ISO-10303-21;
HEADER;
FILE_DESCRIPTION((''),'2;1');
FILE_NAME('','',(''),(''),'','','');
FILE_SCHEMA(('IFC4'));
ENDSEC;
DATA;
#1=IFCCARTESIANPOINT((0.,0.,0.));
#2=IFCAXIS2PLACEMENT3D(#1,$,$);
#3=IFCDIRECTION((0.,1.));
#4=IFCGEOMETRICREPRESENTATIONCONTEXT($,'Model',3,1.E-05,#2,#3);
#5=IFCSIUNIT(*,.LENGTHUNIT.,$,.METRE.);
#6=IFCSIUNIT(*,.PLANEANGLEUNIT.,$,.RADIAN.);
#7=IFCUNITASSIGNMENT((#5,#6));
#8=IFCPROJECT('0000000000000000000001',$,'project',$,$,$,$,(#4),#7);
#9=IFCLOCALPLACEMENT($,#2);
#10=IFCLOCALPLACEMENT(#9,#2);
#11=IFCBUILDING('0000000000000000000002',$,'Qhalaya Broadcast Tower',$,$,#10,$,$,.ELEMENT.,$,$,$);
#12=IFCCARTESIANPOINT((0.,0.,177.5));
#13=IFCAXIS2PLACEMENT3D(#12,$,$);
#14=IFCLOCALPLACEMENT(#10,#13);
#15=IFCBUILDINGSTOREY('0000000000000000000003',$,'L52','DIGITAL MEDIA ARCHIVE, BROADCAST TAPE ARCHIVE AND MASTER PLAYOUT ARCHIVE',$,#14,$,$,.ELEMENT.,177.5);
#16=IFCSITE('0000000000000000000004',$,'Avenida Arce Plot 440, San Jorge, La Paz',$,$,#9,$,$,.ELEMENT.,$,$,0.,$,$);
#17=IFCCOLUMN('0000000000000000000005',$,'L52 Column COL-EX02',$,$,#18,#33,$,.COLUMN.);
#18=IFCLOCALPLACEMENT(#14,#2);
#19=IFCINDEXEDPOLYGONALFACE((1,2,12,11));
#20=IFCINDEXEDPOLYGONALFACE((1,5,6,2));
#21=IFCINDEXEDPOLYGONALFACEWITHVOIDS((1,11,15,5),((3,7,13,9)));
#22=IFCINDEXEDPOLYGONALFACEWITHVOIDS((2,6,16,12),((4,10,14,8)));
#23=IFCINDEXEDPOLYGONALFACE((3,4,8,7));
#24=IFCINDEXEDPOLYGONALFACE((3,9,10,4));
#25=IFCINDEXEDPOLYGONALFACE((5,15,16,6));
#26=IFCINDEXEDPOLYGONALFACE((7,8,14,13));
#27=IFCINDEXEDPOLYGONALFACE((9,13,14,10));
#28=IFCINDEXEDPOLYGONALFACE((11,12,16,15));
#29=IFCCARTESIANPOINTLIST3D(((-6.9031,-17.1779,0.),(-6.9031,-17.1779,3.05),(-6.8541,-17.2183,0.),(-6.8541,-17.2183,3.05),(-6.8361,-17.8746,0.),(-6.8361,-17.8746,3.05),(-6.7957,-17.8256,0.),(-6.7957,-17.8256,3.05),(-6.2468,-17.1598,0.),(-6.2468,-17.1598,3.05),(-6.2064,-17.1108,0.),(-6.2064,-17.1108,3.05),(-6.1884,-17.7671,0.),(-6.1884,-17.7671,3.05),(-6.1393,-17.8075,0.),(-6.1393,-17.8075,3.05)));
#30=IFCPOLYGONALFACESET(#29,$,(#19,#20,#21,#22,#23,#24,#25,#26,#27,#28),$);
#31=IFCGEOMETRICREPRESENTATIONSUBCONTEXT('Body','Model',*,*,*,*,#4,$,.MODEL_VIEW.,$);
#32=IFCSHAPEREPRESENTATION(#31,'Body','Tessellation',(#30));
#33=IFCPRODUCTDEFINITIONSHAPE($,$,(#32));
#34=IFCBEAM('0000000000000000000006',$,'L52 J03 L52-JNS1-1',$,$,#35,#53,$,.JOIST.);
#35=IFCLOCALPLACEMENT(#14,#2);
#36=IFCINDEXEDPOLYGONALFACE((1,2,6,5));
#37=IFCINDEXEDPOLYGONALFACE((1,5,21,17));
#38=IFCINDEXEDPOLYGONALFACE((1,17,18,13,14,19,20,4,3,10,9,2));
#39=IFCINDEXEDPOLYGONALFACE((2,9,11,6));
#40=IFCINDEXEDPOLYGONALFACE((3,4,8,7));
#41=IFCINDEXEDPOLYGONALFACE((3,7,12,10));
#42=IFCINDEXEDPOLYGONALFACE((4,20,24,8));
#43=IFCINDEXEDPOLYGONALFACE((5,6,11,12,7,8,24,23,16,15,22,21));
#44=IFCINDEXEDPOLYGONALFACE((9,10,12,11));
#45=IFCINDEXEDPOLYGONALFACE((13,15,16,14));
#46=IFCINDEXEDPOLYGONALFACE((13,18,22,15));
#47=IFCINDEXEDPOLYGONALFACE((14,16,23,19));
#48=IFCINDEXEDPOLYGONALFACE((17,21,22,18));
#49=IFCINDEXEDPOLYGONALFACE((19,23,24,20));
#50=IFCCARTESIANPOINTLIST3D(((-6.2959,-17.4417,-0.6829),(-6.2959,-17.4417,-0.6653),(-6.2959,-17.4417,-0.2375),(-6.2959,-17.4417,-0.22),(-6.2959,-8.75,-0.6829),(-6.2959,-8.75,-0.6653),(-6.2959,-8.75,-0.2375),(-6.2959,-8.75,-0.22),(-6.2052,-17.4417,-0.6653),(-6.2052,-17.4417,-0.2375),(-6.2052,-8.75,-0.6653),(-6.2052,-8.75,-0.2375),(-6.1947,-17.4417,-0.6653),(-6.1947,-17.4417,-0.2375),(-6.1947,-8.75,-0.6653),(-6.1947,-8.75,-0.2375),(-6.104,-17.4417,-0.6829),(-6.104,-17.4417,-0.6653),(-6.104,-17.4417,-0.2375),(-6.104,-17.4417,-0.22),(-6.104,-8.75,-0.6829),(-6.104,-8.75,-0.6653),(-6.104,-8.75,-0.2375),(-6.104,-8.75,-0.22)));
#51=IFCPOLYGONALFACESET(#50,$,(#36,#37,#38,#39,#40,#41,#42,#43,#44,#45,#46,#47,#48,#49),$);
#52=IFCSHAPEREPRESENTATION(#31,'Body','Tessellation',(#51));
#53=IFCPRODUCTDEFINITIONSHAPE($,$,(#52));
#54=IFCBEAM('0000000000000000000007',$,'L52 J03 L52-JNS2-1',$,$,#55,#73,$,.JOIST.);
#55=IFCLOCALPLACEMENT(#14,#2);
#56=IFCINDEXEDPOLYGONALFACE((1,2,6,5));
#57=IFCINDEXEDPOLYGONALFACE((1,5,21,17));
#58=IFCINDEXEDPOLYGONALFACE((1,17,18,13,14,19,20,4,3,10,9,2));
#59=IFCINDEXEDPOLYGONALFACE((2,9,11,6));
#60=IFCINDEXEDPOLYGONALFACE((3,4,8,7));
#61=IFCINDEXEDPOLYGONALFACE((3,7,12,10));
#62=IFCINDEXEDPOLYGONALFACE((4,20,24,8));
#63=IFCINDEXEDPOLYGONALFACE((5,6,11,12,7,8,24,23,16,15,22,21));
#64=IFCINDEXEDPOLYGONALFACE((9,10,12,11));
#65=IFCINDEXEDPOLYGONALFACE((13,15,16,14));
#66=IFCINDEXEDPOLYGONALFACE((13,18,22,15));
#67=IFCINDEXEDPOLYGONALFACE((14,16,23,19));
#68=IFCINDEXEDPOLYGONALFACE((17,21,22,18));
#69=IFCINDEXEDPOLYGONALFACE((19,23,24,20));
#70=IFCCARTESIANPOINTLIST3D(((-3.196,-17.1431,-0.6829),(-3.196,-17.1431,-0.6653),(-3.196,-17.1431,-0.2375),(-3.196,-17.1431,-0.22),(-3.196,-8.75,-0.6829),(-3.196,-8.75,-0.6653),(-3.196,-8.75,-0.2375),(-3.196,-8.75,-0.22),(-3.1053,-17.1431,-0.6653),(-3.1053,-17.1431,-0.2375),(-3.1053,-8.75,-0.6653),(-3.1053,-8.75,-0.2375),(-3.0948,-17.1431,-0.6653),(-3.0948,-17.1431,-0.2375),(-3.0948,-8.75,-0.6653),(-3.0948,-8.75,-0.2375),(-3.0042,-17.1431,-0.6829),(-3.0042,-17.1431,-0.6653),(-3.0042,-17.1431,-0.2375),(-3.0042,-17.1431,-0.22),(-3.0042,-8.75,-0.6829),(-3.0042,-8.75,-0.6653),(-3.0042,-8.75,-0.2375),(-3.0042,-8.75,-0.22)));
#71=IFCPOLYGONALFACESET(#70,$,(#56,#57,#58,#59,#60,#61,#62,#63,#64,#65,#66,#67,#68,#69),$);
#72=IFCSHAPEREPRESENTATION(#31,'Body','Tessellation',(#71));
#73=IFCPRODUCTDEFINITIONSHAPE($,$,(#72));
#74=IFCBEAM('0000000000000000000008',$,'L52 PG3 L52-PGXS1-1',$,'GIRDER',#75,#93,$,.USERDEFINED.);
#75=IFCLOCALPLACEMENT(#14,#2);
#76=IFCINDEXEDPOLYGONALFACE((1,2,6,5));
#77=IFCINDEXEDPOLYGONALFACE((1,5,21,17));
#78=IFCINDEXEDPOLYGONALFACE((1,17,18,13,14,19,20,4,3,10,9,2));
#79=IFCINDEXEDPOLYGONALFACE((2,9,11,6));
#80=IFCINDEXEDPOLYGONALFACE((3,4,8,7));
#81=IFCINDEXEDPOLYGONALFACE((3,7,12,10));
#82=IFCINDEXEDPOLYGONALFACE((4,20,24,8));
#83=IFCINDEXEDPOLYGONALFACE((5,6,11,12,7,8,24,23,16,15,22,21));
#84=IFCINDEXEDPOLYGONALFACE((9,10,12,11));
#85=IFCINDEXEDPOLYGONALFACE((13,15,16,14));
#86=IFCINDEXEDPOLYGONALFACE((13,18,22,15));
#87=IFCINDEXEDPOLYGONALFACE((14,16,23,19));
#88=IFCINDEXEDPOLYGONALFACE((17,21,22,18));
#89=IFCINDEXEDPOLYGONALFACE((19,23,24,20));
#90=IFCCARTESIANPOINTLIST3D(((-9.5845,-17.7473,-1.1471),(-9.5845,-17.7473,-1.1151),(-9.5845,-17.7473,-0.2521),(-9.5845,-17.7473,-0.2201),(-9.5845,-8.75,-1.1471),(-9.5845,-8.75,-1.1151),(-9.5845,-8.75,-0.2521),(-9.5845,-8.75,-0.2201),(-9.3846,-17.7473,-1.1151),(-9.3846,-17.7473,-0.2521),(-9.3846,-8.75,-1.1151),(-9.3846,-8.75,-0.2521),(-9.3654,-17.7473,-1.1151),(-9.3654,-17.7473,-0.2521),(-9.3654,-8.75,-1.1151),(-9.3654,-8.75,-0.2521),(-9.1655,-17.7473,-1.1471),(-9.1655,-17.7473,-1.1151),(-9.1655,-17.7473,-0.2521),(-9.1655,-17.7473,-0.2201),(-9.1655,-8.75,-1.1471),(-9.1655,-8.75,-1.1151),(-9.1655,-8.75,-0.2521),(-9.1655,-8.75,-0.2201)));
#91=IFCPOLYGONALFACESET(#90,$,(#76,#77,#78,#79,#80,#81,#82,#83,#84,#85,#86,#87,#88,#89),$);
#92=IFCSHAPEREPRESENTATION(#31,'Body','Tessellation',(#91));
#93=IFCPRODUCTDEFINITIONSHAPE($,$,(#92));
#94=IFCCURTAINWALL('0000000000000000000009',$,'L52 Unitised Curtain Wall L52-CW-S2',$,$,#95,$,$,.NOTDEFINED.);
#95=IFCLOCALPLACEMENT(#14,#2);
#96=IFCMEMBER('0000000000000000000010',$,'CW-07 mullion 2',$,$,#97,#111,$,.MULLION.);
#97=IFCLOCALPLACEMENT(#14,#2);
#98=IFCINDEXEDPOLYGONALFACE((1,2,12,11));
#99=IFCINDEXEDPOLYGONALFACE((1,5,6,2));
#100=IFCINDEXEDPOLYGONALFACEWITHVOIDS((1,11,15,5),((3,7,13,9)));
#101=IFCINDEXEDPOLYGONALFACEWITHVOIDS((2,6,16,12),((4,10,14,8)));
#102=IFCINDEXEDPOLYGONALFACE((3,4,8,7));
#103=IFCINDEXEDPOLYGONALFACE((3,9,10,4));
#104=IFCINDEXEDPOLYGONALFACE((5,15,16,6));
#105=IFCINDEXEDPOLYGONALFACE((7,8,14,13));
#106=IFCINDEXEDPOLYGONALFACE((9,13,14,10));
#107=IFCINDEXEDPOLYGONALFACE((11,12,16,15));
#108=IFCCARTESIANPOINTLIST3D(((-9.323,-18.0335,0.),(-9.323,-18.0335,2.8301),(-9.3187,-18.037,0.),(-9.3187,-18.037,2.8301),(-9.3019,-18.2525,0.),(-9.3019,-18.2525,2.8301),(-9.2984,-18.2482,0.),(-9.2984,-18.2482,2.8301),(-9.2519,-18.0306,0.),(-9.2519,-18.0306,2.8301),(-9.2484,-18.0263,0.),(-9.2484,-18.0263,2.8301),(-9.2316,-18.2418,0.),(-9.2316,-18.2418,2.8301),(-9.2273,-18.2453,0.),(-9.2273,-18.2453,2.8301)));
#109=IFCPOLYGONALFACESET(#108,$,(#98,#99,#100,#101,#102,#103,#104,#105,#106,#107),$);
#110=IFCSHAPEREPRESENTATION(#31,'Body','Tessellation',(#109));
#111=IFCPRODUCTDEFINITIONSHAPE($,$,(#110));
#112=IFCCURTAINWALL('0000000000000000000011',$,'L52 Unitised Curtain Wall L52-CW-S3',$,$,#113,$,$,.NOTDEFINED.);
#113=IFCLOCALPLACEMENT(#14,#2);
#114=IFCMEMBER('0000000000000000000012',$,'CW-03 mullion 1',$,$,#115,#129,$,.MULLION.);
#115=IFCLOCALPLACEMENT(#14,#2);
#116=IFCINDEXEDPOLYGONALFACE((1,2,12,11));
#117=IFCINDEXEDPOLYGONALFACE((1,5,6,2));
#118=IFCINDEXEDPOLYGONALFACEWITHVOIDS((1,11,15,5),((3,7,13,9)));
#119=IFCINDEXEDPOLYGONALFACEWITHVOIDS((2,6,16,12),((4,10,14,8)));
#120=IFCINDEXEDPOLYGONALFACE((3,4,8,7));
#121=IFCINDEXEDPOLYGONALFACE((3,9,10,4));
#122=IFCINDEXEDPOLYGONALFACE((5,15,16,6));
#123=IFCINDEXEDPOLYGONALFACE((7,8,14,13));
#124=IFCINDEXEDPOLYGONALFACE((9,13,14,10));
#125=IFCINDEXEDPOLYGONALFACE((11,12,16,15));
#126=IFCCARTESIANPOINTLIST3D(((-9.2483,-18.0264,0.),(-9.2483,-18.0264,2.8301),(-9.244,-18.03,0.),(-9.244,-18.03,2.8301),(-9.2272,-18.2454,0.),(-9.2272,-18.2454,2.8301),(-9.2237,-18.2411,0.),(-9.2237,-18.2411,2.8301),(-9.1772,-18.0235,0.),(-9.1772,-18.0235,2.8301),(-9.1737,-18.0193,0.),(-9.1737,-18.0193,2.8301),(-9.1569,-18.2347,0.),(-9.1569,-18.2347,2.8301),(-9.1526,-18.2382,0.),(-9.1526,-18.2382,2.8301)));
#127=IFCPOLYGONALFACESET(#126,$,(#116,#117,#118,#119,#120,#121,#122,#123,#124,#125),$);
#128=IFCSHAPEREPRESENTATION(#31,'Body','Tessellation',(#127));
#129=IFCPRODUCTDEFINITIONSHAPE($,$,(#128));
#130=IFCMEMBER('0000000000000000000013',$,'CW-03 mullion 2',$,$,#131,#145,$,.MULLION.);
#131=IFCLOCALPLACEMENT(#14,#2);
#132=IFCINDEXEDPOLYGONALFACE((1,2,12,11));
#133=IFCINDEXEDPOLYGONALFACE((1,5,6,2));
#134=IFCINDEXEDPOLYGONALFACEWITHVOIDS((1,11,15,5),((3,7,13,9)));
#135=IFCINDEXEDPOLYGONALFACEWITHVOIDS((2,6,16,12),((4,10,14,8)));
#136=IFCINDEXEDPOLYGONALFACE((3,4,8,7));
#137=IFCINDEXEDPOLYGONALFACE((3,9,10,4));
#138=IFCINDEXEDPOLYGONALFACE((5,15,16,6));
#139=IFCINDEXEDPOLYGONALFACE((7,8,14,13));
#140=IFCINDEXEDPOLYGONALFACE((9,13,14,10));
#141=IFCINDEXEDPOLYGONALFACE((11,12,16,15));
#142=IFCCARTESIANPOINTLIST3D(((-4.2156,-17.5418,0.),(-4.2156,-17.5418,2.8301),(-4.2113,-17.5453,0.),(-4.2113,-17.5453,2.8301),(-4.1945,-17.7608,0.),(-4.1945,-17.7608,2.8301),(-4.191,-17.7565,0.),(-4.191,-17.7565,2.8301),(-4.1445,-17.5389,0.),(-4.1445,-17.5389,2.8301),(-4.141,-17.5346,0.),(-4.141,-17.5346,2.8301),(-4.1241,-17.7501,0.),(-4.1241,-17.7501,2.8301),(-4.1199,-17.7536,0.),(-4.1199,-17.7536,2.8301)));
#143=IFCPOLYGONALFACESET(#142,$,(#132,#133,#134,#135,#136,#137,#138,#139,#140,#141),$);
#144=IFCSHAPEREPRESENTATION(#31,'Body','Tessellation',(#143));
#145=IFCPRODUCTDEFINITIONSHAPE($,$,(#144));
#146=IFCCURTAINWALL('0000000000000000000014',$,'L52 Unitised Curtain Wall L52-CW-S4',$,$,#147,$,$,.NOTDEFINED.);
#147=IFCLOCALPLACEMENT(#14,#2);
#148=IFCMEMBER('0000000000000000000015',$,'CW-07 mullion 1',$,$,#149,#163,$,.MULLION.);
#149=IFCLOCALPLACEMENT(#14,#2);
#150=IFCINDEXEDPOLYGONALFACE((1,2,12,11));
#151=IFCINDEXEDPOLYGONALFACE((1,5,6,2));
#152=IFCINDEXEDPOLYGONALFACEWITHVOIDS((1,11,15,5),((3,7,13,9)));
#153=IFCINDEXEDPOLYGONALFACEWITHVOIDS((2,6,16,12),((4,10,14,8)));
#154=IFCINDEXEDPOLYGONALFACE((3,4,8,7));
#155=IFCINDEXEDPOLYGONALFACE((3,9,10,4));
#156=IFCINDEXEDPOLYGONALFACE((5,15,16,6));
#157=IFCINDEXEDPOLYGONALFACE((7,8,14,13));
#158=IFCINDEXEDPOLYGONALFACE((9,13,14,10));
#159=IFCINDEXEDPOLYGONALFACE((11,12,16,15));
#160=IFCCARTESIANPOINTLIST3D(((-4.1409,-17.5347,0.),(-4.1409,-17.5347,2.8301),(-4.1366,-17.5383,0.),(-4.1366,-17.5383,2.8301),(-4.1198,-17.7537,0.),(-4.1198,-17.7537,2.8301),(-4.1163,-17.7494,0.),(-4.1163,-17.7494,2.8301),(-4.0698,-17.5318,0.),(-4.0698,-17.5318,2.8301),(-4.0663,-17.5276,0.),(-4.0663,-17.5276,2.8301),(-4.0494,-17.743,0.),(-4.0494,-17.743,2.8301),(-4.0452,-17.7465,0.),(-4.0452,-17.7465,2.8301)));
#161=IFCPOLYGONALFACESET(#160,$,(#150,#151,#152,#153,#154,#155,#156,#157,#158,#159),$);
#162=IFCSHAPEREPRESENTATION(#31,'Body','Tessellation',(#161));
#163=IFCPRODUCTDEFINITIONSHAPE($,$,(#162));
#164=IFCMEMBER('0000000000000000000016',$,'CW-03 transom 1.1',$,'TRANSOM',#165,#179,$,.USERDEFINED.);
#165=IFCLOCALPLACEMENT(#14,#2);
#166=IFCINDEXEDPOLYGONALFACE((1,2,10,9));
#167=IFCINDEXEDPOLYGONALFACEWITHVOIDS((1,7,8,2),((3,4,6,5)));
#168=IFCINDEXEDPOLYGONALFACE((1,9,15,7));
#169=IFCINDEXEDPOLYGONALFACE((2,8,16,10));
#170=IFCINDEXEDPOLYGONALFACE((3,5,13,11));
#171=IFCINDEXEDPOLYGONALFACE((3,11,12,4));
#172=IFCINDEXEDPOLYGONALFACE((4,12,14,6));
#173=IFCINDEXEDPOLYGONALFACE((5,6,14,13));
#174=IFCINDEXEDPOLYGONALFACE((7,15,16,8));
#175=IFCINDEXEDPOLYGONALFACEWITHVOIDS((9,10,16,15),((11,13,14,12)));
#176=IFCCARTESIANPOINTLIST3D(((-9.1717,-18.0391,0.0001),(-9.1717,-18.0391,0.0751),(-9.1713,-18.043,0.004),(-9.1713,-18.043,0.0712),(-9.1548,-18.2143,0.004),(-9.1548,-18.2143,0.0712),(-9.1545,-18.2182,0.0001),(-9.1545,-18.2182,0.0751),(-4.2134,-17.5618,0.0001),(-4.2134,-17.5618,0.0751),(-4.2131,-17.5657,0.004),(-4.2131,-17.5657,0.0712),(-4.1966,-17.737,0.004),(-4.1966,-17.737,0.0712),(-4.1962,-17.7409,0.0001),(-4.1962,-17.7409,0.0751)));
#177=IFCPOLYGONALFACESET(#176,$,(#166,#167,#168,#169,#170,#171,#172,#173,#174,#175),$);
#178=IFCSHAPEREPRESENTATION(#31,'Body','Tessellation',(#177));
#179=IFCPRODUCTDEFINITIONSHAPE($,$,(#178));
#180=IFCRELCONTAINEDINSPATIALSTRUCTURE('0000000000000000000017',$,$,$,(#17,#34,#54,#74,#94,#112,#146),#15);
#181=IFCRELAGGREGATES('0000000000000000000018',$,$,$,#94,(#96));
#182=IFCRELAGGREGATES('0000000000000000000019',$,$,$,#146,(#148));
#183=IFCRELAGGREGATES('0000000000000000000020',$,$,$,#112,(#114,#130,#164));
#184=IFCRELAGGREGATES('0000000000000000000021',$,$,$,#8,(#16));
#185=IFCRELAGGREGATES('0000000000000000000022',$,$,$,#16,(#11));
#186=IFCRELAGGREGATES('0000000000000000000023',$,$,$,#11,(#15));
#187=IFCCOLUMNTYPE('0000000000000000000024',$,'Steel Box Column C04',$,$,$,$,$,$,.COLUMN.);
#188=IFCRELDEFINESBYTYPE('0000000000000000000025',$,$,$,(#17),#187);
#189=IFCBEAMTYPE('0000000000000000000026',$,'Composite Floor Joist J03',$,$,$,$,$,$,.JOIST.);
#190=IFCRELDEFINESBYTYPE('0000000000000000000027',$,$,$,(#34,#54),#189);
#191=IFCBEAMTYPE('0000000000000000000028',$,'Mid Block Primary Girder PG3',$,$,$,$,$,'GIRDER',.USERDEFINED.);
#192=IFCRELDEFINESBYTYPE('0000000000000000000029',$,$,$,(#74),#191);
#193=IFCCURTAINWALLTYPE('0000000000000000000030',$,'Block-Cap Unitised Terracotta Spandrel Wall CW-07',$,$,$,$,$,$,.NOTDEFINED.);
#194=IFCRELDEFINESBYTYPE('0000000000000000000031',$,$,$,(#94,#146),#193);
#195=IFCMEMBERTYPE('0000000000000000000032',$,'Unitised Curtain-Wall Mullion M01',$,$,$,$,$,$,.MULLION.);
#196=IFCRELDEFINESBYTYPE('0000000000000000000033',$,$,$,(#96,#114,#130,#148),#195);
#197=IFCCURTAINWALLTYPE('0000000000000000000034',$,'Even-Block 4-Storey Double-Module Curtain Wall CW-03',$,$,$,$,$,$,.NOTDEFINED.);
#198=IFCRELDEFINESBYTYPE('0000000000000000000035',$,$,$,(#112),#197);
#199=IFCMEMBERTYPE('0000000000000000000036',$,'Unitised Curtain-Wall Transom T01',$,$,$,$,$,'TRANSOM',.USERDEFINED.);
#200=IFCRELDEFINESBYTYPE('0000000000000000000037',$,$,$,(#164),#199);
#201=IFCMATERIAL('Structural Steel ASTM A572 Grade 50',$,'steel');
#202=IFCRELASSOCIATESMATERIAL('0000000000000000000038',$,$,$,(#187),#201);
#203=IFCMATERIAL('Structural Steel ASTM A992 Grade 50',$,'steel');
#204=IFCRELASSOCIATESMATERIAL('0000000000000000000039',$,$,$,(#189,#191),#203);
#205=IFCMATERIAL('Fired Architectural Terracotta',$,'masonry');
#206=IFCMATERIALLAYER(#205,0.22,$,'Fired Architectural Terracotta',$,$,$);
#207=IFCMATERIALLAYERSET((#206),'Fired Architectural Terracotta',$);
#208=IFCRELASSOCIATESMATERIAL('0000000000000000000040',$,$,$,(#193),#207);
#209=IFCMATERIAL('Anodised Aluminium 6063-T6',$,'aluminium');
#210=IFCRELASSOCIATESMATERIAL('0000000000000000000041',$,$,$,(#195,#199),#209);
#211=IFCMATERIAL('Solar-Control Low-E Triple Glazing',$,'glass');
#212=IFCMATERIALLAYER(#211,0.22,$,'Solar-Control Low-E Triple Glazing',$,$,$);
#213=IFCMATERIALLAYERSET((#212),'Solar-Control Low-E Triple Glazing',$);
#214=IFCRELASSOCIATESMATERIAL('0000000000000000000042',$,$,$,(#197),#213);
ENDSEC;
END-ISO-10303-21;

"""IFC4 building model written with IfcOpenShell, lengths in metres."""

from ifc_helpers import new_model, si_unit, direction, frame, origin, origin_2d, place, context, subcontext, project, spatial, hollow_rectangle, i_section, extrude, material, layer, layer_set, material_profile, profile_set, type_object, element, aggregate, save


model = new_model("IFC4")

# Units and contexts
model_context = context("Model", 3, precision=1e-05, world=origin(), true_north=direction((0.0, 1.0)))
body_context = subcontext(model_context, "Body", "Model", "MODEL_VIEW")
ifc_project = project(units=[si_unit("LENGTHUNIT", "METRE"), si_unit("PLANEANGLEUNIT", "RADIAN")], contexts=[model_context])

# Site, building, storey
site_placement = place(None, origin())
site = spatial("IfcSite", under=ifc_project, at=site_placement, Name="Avenida Arce Plot 440, San Jorge, La Paz", CompositionType="ELEMENT", RefElevation=0.0)
building_placement = place(site_placement, origin())
building = spatial("IfcBuilding", under=site, at=building_placement, Name="Qhalaya Broadcast Tower", CompositionType="ELEMENT")
storey_placement = place(building_placement, frame((0.0, 0.0, 177.5)))
storey = spatial("IfcBuildingStorey", under=building, at=storey_placement, Name="L52", Description="DIGITAL MEDIA ARCHIVE, BROADCAST TAPE ARCHIVE AND MASTER PLAYOUT ARCHIVE", CompositionType="ELEMENT", Elevation=177.5)

# Column
ifc_material_1 = material(Name="Structural Steel ASTM A572 Grade 50", Category="steel")
ifc_material_profile_1 = material_profile(ifc_material_1, hollow_rectangle(XDim=0.7, YDim=0.7, WallThickness=0.0449, at=origin_2d()), Name="BOX 700x700x45")
ifc_profile_set_1 = profile_set([ifc_material_profile_1], Name="Structural Steel ASTM A572 Grade 50")
column_type = type_object("IfcColumnType", Name="Steel Box Column C04", PredefinedType="COLUMN", material=ifc_profile_set_1)
column_placement = place(storey_placement, frame((-6.5212, -17.4927, 0.0), z_axis=(0.0, 0.0, 1.0), x_axis=(0.995396, 0.095846, 0.0)))
element("IfcColumn", 1, at=column_placement, inside=storey, type_object=column_type, Name="L52 Column COL-EX02", PredefinedType="COLUMN", context=body_context, shape_type="SweptSolid", body=[
    extrude(hollow_rectangle(XDim=0.7, YDim=0.7, WallThickness=0.0449, at=origin_2d()), origin(), (0.0, 0.0, 1.0), 3.05),
])

# Beams
ifc_material_2 = material(Name="Structural Steel ASTM A992 Grade 50", Category="steel")
ifc_material_profile_2 = material_profile(ifc_material_2, i_section(OverallWidth=0.1919, OverallDepth=0.4629, WebThickness=0.0105, FlangeThickness=0.0176, at=origin_2d()), Name="W18X60")
ifc_profile_set_2 = profile_set([ifc_material_profile_2], Name="Structural Steel ASTM A992 Grade 50")
beam_type_1 = type_object("IfcBeamType", Name="Composite Floor Joist J03", PredefinedType="JOIST", material=ifc_profile_set_2)
beam_1_placement = place(storey_placement, frame((-6.2, -17.4417, -0.4514), z_axis=(0.0, 1.0, 0.0), x_axis=(-1.0, 0.0, 0.0)))
element("IfcBeam", 2, at=beam_1_placement, inside=storey, type_object=beam_type_1, Name="L52 J03 L52-JNS1-1", PredefinedType="JOIST", context=body_context, shape_type="SweptSolid", body=[
    extrude(i_section(OverallWidth=0.1919, OverallDepth=0.4629, WebThickness=0.0105, FlangeThickness=0.0176, at=origin_2d()), origin(), (0.0, 0.0, 1.0), 8.6917),
])
beam_2_placement = place(storey_placement, frame((-3.1001, -17.1431, -0.4514), z_axis=(0.0, 1.0, 0.0), x_axis=(-1.0, 0.0, 0.0)))
element("IfcBeam", 3, at=beam_2_placement, inside=storey, type_object=beam_type_1, Name="L52 J03 L52-JNS2-1", PredefinedType="JOIST", context=body_context, shape_type="SweptSolid", body=[
    extrude(i_section(OverallWidth=0.1919, OverallDepth=0.4629, WebThickness=0.0105, FlangeThickness=0.0176, at=origin_2d()), origin(), (0.0, 0.0, 1.0), 8.3931),
])
ifc_material_profile_3 = material_profile(ifc_material_2, i_section(OverallWidth=0.4189, OverallDepth=0.927, WebThickness=0.0193, FlangeThickness=0.032, at=origin_2d()), Name="W36X231")
ifc_profile_set_3 = profile_set([ifc_material_profile_3], Name="Structural Steel ASTM A992 Grade 50")
beam_type_2 = type_object("IfcBeamType", Name="Mid Block Primary Girder PG3", ElementType="GIRDER", PredefinedType="USERDEFINED", material=ifc_profile_set_3)
beam_3_placement = place(storey_placement, frame((-9.375, -17.7473, -0.6836), z_axis=(0.0, 1.0, 0.0), x_axis=(-1.0, 0.0, 0.0)))
element("IfcBeam", 4, at=beam_3_placement, inside=storey, type_object=beam_type_2, Name="L52 PG3 L52-PGXS1-1", ObjectType="GIRDER", PredefinedType="USERDEFINED", context=body_context, shape_type="SweptSolid", body=[
    extrude(i_section(OverallWidth=0.4189, OverallDepth=0.927, WebThickness=0.0193, FlangeThickness=0.032, at=origin_2d()), origin(), (0.0, 0.0, 1.0), 8.9973),
])

# Curtain wall, member
ifc_material_3 = material(Name="Fired Architectural Terracotta", Category="masonry")
ifc_layer_1 = layer(ifc_material_3, 0.22, Name="Fired Architectural Terracotta")
ifc_layer_set_1 = layer_set([ifc_layer_1], Name="Fired Architectural Terracotta")
curtain_wall_type_1 = type_object("IfcCurtainWallType", Name="Block-Cap Unitised Terracotta Spandrel Wall CW-07", PredefinedType="NOTDEFINED", material=ifc_layer_set_1)
curtain_wall_1_placement = place(storey_placement, origin())
curtain_wall_1 = element("IfcCurtainWall", 5, at=curtain_wall_1_placement, inside=storey, type_object=curtain_wall_type_1, Name="L52 Unitised Curtain Wall L52-CW-S2", PredefinedType="NOTDEFINED")
ifc_material_4 = material(Name="Anodised Aluminium 6063-T6", Category="aluminium")
ifc_material_profile_4 = material_profile(ifc_material_4, hollow_rectangle(XDim=0.075, YDim=0.22, WallThickness=0.0039, at=origin_2d()), Name="ALU-MUL 75x220x4")
ifc_profile_set_4 = profile_set([ifc_material_profile_4], Name="Anodised Aluminium 6063-T6")
member_type_1 = type_object("IfcMemberType", Name="Unitised Curtain-Wall Mullion M01", PredefinedType="MULLION", material=ifc_profile_set_4)
member_1_placement = place(storey_placement, frame((-9.2751, -18.1394, 0.0), z_axis=(0.0, 0.0, 1.0), x_axis=(0.995395, 0.095855, 0.0)))
member_1 = element("IfcMember", 6, at=member_1_placement, type_object=member_type_1, Name="CW-07 mullion 2", PredefinedType="MULLION", context=body_context, shape_type="SweptSolid", body=[
    extrude(hollow_rectangle(XDim=0.075, YDim=0.22, WallThickness=0.0039, at=origin_2d()), origin(), (0.0, 0.0, 1.0), 2.8301),
])

# Curtain wall, members
ifc_material_5 = material(Name="Solar-Control Low-E Triple Glazing", Category="glass")
ifc_layer_2 = layer(ifc_material_5, 0.22, Name="Solar-Control Low-E Triple Glazing")
ifc_layer_set_2 = layer_set([ifc_layer_2], Name="Solar-Control Low-E Triple Glazing")
curtain_wall_type_2 = type_object("IfcCurtainWallType", Name="Even-Block 4-Storey Double-Module Curtain Wall CW-03", PredefinedType="NOTDEFINED", material=ifc_layer_set_2)
curtain_wall_2_placement = place(storey_placement, origin())
curtain_wall_2 = element("IfcCurtainWall", 7, at=curtain_wall_2_placement, inside=storey, type_object=curtain_wall_type_2, Name="L52 Unitised Curtain Wall L52-CW-S3", PredefinedType="NOTDEFINED")
member_2_placement = place(storey_placement, frame((-9.2004, -18.1323, 0.0), z_axis=(0.0, 0.0, 1.0), x_axis=(0.995396, 0.095848, 0.0)))
member_2 = element("IfcMember", 8, at=member_2_placement, type_object=member_type_1, Name="CW-03 mullion 1", PredefinedType="MULLION", context=body_context, shape_type="SweptSolid", body=[
    extrude(hollow_rectangle(XDim=0.075, YDim=0.22, WallThickness=0.0039, at=origin_2d()), origin(), (0.0, 0.0, 1.0), 2.8301),
])
member_3_placement = place(storey_placement, frame((-4.1677, -17.6477, 0.0), z_axis=(0.0, 0.0, 1.0), x_axis=(0.995396, 0.095848, 0.0)))
member_3 = element("IfcMember", 9, at=member_3_placement, type_object=member_type_1, Name="CW-03 mullion 2", PredefinedType="MULLION", context=body_context, shape_type="SweptSolid", body=[
    extrude(hollow_rectangle(XDim=0.075, YDim=0.22, WallThickness=0.0039, at=origin_2d()), origin(), (0.0, 0.0, 1.0), 2.8301),
])

# Curtain wall, member
curtain_wall_3_placement = place(storey_placement, origin())
curtain_wall_3 = element("IfcCurtainWall", 10, at=curtain_wall_3_placement, inside=storey, type_object=curtain_wall_type_1, Name="L52 Unitised Curtain Wall L52-CW-S4", PredefinedType="NOTDEFINED")
member_4_placement = place(storey_placement, frame((-4.093, -17.6406, 0.0), z_axis=(0.0, 0.0, 1.0), x_axis=(0.995397, 0.095837, 0.0)))
member_4 = element("IfcMember", 11, at=member_4_placement, type_object=member_type_1, Name="CW-07 mullion 1", PredefinedType="MULLION", context=body_context, shape_type="SweptSolid", body=[
    extrude(hollow_rectangle(XDim=0.075, YDim=0.22, WallThickness=0.0039, at=origin_2d()), origin(), (0.0, 0.0, 1.0), 2.8301),
])

# Member
ifc_material_profile_5 = material_profile(ifc_material_4, hollow_rectangle(XDim=0.075, YDim=0.1799, WallThickness=0.0039, at=origin_2d()), Name="ALU-TRN 75x180x4")
ifc_profile_set_5 = profile_set([ifc_material_profile_5], Name="Anodised Aluminium 6063-T6")
member_type_2 = type_object("IfcMemberType", Name="Unitised Curtain-Wall Transom T01", ElementType="TRANSOM", PredefinedType="USERDEFINED", material=ifc_profile_set_5)
member_5_placement = place(storey_placement, frame((-9.1631, -18.1287, 0.0376), z_axis=(0.995399, 0.09582, 0.0), x_axis=(0.0, 0.0, 1.0)))
member_5 = element("IfcMember", 12, at=member_5_placement, type_object=member_type_2, Name="CW-03 transom 1.1", ObjectType="TRANSOM", PredefinedType="USERDEFINED", context=body_context, shape_type="SweptSolid", body=[
    extrude(hollow_rectangle(XDim=0.075, YDim=0.1799, WallThickness=0.0039, at=origin_2d()), origin(), (0.0, 0.0, 1.0), 4.9812),
])

aggregate(curtain_wall_1, [member_1])
aggregate(curtain_wall_3, [member_4])
aggregate(curtain_wall_2, [member_2, member_3, member_5])

save(model, "model.ifc")
